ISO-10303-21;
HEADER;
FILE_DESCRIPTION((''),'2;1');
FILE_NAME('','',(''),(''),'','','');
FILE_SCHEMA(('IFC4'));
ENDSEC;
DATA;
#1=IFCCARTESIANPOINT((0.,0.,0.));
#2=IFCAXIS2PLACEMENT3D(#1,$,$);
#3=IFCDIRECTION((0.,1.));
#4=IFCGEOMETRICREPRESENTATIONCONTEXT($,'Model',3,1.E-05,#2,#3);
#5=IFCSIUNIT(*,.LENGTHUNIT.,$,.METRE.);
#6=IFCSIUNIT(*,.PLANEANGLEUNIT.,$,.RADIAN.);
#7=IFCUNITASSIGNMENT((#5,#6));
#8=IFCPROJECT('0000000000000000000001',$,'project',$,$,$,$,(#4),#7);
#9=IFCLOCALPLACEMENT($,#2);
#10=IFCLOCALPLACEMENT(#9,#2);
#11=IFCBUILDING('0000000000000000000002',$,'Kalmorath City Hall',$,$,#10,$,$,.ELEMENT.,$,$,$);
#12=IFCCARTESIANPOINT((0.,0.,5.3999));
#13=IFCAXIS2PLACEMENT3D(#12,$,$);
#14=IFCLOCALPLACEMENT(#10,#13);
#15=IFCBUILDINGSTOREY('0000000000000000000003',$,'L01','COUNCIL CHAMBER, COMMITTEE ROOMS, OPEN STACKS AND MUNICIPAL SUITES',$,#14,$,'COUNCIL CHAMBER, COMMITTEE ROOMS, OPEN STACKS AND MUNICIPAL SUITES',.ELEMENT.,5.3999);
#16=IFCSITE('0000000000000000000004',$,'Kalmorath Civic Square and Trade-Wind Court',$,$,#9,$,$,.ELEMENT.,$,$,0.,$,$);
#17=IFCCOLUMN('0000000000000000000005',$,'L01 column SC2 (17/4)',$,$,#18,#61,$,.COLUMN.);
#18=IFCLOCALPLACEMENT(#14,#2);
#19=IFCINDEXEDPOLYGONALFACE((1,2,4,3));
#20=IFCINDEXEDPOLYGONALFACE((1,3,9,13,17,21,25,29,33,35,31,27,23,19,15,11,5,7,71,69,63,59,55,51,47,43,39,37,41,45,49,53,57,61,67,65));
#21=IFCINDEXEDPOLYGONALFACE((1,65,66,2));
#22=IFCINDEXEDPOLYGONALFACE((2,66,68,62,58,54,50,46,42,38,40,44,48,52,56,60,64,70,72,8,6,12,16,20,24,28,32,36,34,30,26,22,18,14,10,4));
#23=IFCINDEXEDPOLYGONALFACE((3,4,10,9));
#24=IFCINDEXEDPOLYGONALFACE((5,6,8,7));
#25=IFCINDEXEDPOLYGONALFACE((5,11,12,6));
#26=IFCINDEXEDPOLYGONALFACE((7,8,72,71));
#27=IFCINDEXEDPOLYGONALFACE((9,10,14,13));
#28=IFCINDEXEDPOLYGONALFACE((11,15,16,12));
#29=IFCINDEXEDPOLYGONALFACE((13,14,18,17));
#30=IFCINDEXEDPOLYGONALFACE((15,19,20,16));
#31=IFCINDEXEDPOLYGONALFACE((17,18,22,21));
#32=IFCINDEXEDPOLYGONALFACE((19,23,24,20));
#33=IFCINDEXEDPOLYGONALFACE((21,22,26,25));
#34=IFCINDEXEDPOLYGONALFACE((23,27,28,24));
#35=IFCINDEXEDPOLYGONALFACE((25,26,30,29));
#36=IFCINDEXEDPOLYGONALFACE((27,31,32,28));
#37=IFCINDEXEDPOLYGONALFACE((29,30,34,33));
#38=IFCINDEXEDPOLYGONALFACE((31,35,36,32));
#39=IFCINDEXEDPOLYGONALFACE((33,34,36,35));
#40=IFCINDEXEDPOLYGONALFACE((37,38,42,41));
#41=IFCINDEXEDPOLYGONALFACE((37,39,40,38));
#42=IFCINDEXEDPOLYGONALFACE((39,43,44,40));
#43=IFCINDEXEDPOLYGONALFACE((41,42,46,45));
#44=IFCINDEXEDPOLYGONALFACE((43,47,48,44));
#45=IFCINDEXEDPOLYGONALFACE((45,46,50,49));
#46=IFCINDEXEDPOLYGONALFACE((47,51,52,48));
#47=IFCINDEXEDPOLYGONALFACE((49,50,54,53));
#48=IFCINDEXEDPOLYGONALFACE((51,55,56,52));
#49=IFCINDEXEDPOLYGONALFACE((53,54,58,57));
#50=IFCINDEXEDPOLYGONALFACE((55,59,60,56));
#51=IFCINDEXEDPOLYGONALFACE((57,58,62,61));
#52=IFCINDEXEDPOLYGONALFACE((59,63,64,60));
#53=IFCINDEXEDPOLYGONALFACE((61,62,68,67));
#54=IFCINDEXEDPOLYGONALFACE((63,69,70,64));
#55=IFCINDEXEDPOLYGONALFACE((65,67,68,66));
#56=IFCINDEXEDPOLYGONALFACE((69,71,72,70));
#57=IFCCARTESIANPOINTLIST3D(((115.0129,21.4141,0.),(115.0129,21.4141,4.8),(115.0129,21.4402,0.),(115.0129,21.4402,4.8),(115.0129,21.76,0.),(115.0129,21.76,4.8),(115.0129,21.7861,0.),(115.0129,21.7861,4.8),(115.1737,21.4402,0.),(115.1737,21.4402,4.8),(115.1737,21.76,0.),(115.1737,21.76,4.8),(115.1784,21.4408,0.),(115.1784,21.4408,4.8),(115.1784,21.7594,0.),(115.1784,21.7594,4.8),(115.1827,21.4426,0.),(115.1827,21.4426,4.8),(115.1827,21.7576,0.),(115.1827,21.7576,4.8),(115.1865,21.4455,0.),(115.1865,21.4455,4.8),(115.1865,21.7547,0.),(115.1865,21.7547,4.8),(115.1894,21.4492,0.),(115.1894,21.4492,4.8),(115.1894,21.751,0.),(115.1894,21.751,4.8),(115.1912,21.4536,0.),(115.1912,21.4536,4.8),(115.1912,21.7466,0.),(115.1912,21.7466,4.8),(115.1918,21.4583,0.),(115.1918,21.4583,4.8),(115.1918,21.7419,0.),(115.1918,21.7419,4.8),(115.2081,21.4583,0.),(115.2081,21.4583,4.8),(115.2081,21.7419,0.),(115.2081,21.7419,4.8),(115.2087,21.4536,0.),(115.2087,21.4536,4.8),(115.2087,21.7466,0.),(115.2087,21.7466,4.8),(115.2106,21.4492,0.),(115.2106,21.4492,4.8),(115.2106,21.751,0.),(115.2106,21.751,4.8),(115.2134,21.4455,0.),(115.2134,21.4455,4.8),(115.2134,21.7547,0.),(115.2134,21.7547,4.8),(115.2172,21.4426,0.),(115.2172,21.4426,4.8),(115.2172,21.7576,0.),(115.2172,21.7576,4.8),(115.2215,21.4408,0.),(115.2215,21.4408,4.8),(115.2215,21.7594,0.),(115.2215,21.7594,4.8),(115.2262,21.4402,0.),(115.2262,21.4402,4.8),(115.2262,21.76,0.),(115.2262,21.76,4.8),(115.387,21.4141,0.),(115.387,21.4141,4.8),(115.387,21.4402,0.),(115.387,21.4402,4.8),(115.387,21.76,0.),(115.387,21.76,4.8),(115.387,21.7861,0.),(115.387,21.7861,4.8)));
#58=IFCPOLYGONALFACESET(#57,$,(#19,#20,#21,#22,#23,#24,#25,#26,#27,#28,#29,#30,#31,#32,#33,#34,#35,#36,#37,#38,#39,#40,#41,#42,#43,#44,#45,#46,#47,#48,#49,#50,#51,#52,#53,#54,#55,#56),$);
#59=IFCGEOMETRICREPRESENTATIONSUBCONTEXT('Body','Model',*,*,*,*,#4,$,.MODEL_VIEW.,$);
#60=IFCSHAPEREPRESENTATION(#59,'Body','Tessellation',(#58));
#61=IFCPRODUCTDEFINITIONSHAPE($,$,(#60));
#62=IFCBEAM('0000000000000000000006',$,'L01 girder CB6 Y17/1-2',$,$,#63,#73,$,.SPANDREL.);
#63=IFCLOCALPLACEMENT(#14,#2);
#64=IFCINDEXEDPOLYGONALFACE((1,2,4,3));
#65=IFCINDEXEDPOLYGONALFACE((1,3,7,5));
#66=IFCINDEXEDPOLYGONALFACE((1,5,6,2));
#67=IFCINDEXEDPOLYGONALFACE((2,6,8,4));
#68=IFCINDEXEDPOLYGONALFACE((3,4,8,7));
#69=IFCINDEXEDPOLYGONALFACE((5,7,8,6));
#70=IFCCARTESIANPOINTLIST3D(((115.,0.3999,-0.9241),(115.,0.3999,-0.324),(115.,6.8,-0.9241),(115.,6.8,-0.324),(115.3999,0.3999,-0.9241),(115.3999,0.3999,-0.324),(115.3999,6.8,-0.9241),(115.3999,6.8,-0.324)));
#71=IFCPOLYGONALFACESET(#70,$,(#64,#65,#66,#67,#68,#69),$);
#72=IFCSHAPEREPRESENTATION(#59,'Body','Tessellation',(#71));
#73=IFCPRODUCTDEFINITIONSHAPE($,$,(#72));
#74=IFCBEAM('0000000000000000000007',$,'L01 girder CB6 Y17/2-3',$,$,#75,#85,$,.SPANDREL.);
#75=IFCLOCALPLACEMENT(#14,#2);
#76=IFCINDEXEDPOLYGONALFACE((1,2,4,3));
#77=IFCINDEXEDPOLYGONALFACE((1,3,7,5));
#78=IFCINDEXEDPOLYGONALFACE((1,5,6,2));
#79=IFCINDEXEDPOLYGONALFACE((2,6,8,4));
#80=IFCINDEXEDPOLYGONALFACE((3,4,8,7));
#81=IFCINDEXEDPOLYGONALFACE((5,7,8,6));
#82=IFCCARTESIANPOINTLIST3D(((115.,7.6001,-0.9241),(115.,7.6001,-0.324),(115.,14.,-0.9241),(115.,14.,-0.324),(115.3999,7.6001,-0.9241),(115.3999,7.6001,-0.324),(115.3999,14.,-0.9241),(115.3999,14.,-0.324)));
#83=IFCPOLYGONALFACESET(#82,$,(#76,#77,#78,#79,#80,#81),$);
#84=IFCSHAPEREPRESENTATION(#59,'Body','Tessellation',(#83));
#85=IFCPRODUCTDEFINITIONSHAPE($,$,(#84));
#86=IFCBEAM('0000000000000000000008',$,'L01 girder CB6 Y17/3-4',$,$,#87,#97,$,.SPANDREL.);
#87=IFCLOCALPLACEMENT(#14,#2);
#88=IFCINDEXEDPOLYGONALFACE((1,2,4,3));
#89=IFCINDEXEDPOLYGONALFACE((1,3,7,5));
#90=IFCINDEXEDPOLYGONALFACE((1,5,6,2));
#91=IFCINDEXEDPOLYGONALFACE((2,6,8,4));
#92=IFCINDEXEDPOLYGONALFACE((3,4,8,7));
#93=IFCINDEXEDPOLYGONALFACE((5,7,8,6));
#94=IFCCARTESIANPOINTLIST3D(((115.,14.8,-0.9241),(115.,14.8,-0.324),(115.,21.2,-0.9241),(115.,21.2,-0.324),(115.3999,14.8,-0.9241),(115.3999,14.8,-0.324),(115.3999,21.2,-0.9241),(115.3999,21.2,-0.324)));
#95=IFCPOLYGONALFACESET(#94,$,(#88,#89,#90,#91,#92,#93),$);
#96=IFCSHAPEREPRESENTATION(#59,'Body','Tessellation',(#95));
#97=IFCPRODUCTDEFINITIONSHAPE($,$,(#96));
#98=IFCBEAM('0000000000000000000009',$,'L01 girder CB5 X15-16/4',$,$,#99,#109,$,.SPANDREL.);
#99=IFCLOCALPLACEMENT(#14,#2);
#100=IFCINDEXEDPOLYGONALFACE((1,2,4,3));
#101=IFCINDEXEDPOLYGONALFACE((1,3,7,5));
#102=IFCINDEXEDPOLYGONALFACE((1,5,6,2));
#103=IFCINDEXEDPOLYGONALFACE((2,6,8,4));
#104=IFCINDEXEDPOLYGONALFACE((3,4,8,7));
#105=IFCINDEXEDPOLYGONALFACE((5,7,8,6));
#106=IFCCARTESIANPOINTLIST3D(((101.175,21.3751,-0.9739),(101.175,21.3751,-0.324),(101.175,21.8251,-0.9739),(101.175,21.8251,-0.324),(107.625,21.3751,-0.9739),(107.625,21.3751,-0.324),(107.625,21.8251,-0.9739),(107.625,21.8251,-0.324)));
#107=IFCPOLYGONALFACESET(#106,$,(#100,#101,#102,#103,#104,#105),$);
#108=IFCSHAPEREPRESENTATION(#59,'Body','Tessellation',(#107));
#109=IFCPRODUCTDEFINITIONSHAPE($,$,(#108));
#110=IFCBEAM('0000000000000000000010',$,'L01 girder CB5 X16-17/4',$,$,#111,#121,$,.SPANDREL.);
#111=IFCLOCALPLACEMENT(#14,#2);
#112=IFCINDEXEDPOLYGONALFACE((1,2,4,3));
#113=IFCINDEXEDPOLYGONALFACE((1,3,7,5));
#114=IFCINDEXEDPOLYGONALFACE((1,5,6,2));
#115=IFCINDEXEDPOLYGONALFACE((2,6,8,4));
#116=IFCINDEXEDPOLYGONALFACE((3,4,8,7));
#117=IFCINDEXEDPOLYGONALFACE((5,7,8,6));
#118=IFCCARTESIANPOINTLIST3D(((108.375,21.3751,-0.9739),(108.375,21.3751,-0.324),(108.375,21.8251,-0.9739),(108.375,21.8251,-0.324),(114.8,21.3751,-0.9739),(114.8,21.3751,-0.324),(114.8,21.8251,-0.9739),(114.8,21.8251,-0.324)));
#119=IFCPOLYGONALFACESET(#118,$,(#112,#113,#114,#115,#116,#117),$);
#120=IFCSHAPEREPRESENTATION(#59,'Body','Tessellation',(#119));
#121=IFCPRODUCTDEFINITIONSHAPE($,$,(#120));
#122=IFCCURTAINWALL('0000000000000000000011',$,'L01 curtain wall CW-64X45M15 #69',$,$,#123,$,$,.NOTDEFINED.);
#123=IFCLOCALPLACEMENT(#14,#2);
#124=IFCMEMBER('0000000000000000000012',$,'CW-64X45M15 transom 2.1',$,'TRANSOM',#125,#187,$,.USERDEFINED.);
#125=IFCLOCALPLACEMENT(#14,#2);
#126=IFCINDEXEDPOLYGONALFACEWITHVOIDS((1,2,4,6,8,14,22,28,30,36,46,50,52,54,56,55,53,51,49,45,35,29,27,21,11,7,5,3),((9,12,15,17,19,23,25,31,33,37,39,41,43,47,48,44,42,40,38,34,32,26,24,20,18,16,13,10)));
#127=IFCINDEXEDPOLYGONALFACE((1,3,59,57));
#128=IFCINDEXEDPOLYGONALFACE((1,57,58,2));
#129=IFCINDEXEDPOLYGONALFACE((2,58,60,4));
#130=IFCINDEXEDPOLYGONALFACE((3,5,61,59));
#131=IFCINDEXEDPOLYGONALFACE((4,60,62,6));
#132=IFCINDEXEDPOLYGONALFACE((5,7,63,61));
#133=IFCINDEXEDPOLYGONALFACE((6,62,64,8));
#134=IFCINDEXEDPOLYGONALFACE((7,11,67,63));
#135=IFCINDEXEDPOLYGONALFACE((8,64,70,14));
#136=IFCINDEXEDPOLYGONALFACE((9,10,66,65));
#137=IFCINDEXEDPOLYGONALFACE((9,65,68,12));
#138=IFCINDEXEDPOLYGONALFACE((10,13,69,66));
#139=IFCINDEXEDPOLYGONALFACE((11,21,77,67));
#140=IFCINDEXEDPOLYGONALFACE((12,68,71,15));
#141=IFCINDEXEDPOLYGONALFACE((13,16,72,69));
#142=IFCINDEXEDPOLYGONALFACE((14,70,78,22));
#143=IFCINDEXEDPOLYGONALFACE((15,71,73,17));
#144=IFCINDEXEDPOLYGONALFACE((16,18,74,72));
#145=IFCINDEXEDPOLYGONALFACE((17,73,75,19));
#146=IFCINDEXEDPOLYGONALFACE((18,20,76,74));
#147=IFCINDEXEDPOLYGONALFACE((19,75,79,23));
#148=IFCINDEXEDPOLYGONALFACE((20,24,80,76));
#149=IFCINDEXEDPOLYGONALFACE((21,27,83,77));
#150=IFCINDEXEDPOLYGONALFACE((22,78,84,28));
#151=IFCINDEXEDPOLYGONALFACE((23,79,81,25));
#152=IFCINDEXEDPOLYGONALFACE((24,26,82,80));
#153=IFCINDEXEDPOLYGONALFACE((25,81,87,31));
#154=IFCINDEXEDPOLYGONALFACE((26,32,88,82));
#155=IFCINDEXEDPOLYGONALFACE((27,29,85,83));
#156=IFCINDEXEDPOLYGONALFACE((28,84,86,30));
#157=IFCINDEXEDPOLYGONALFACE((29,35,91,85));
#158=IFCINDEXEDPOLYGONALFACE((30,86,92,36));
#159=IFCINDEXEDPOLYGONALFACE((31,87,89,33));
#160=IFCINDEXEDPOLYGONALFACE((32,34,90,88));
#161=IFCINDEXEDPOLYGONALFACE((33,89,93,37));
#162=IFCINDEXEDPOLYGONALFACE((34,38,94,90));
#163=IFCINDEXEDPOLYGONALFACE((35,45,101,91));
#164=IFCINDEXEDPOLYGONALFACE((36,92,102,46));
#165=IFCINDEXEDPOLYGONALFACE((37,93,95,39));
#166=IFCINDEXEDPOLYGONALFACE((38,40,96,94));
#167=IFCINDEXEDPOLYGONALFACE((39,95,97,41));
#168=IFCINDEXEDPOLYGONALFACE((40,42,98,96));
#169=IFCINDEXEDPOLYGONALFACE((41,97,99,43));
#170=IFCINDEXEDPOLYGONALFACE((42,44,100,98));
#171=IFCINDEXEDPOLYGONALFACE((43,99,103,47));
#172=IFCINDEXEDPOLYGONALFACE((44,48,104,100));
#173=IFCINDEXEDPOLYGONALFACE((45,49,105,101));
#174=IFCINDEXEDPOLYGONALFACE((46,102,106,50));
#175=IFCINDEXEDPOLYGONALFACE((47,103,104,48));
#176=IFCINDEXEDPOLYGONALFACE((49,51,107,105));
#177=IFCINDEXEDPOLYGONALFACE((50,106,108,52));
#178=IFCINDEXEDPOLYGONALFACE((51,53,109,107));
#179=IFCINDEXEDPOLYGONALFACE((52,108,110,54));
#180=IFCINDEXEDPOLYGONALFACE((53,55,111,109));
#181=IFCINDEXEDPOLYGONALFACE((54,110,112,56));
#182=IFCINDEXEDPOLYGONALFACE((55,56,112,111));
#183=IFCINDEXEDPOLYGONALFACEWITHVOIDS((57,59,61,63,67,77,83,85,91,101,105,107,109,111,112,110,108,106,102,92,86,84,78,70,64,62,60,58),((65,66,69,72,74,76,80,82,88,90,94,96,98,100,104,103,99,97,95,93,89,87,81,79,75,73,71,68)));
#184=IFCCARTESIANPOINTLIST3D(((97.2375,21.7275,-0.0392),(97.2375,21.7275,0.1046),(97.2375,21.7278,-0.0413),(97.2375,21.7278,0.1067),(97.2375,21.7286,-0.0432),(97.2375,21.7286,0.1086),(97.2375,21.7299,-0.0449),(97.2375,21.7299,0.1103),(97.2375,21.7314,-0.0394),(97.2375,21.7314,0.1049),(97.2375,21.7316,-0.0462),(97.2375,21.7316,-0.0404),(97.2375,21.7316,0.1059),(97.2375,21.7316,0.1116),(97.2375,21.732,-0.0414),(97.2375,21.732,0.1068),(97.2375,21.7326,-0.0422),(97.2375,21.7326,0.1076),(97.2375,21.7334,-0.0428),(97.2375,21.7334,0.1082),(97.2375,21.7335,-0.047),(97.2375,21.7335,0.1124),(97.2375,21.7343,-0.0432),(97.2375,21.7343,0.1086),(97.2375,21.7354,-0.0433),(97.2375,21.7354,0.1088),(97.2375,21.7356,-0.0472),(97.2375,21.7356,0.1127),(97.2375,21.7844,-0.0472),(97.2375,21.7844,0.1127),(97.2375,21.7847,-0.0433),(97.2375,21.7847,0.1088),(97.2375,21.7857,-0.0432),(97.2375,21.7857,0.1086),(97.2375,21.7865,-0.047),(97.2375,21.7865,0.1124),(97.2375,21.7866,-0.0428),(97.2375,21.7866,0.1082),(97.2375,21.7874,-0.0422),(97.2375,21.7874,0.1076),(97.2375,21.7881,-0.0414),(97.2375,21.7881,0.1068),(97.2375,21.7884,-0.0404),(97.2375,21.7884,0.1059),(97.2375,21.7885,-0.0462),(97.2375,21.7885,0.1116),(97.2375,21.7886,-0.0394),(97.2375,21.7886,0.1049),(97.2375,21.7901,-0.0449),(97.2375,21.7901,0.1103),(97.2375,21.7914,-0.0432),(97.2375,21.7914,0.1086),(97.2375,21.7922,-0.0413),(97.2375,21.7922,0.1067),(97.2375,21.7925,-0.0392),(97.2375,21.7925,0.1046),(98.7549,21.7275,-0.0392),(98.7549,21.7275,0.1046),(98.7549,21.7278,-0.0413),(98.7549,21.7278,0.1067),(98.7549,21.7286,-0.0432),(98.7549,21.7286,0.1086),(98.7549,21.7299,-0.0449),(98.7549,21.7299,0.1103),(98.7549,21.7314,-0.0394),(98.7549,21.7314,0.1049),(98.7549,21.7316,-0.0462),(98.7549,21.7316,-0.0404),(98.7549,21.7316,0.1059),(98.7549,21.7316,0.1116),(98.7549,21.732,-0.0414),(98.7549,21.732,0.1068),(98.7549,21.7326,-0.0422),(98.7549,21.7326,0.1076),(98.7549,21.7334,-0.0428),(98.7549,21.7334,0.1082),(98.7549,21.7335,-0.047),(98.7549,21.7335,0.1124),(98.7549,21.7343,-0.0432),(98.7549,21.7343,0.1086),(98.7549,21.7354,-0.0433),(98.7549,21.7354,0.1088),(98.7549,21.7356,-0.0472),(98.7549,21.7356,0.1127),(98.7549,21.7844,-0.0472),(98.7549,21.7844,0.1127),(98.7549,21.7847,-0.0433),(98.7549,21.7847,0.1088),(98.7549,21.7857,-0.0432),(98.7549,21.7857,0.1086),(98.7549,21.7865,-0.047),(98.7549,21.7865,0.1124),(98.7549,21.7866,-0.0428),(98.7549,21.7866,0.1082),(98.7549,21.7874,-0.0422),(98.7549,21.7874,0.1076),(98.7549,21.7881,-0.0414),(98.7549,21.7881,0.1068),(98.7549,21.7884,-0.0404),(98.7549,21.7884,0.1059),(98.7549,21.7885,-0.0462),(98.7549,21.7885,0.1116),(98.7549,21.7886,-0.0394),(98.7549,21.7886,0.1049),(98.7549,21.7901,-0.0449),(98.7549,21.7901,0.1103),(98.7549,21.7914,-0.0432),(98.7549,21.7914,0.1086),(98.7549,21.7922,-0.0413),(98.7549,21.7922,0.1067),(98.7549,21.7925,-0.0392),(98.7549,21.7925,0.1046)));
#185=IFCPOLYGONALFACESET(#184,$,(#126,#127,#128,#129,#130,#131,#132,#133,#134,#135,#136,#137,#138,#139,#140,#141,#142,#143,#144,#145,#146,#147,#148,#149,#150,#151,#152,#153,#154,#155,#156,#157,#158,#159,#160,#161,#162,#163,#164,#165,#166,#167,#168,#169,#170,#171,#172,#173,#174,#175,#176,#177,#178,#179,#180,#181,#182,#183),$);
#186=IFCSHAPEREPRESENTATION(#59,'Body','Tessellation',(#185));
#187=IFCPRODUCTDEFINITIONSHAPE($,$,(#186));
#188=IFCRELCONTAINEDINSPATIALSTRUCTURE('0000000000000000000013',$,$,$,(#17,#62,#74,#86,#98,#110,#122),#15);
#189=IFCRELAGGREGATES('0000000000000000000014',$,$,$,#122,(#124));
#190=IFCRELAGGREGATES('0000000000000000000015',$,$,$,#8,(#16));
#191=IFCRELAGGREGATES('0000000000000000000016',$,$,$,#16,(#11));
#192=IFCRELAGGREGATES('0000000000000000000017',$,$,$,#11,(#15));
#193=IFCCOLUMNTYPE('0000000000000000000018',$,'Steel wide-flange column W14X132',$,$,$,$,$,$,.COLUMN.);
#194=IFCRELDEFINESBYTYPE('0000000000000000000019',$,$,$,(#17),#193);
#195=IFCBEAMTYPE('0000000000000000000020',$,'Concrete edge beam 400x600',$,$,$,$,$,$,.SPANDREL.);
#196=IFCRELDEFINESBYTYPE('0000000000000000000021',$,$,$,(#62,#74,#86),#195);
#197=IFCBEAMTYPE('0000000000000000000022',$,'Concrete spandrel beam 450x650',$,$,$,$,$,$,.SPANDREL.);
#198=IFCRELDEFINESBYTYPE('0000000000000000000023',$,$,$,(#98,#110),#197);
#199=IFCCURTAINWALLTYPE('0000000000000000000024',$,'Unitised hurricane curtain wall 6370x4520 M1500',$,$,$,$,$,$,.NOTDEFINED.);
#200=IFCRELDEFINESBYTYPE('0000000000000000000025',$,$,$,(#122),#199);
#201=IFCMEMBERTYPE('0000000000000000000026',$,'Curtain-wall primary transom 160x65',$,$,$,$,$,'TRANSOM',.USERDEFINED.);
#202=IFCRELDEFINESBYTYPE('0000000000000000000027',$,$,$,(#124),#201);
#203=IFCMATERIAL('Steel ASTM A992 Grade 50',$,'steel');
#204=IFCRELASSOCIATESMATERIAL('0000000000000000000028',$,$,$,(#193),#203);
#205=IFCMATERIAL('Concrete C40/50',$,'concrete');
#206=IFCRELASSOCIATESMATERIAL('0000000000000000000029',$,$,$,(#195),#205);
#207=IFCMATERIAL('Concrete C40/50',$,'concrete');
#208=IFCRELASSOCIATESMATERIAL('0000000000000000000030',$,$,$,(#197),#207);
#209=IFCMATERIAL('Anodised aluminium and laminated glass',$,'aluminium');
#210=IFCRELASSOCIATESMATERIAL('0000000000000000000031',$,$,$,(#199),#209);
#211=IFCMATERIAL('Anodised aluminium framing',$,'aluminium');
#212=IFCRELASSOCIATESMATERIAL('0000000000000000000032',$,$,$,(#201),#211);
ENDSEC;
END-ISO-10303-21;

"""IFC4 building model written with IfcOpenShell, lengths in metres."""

from ifc_helpers import new_model, si_unit, direction, frame, origin, origin_2d, place, context, subcontext, project, spatial, rectangle, hollow_rectangle, i_section, extrude, material, material_profile, profile_set, type_object, element, aggregate, save


model = new_model("IFC4")

# Units and contexts
model_context = context("Model", 3, precision=1e-05, world=origin(), true_north=direction((0.0, 1.0)))
body_context = subcontext(model_context, "Body", "Model", "MODEL_VIEW")
ifc_project = project(units=[si_unit("LENGTHUNIT", "METRE"), si_unit("PLANEANGLEUNIT", "RADIAN")], contexts=[model_context])

# Site, building, storey
site_placement = place(None, origin())
site = spatial("IfcSite", under=ifc_project, at=site_placement, Name="Kalmorath Civic Square and Trade-Wind Court", CompositionType="ELEMENT", RefElevation=0.0)
building_placement = place(site_placement, origin())
building = spatial("IfcBuilding", under=site, at=building_placement, Name="Kalmorath City Hall", CompositionType="ELEMENT")
storey_placement = place(building_placement, frame((0.0, 0.0, 5.3999)))
storey = spatial("IfcBuildingStorey", under=building, at=storey_placement, Name="L01", Description="COUNCIL CHAMBER, COMMITTEE ROOMS, OPEN STACKS AND MUNICIPAL SUITES", LongName="COUNCIL CHAMBER, COMMITTEE ROOMS, OPEN STACKS AND MUNICIPAL SUITES", CompositionType="ELEMENT", Elevation=5.3999)

# Column
ifc_material_1 = material(Name="Steel ASTM A992 Grade 50", Category="steel")
ifc_material_profile_1 = material_profile(ifc_material_1, i_section(OverallWidth=0.374, OverallDepth=0.3721, WebThickness=0.0164, FlangeThickness=0.0261, FilletRadius=0.0181, at=origin_2d()), Name="W14X132")
ifc_profile_set_1 = profile_set([ifc_material_profile_1], Name="Steel ASTM A992 Grade 50")
column_type_1 = type_object("IfcColumnType", Name="Steel wide-flange column W14X132", PredefinedType="COLUMN", material=ifc_profile_set_1)
for number, where, z_axis, x_axis, name in (
    (1, (115.2, 21.6001, 0.0), (0.0, 0.0, 1.0), (1.0, 0.0, 0.0), "L01 column SC2 (17/4)"),
):
    element("IfcColumn", number, at=place(storey_placement, frame(where, z_axis=z_axis, x_axis=x_axis)), inside=storey, type_object=column_type_1, Name=name, PredefinedType="COLUMN", context=body_context, shape_type="SweptSolid", body=[
        extrude(i_section(OverallWidth=0.374, OverallDepth=0.3721, WebThickness=0.0164, FlangeThickness=0.0261, FilletRadius=0.0181, at=origin_2d()), origin(), (0.0, 0.0, 1.0), 4.8),
    ])

# Beams
ifc_material_2 = material(Name="Concrete C40/50", Category="concrete")
ifc_material_profile_2 = material_profile(ifc_material_2, rectangle(XDim=0.3999, YDim=0.6001, at=origin_2d()), Name="RC-BM-400X600")
ifc_profile_set_2 = profile_set([ifc_material_profile_2], Name="Concrete C40/50")
beam_type_1 = type_object("IfcBeamType", Name="Concrete edge beam 400x600", PredefinedType="SPANDREL", material=ifc_profile_set_2)
beam_1_placement = place(storey_placement, frame((115.2, 0.3999, -0.624), z_axis=(0.0, 1.0, 0.0), x_axis=(-1.0, 0.0, 0.0)))
element("IfcBeam", 2, at=beam_1_placement, inside=storey, type_object=beam_type_1, Name="L01 girder CB6 Y17/1-2", PredefinedType="SPANDREL", context=body_context, shape_type="SweptSolid", body=[
    extrude(rectangle(XDim=0.3999, YDim=0.6001, at=origin_2d()), origin(), (0.0, 0.0, 1.0), 6.4001),
])
for number, where, z_axis, x_axis, name in (
    (3, (115.2, 7.6001, -0.624), (0.0, 1.0, 0.0), (-1.0, 0.0, 0.0), "L01 girder CB6 Y17/2-3"),
    (4, (115.2, 14.8, -0.624), (0.0, 1.0, 0.0), (-1.0, 0.0, 0.0), "L01 girder CB6 Y17/3-4"),
):
    element("IfcBeam", number, at=place(storey_placement, frame(where, z_axis=z_axis, x_axis=x_axis)), inside=storey, type_object=beam_type_1, Name=name, PredefinedType="SPANDREL", context=body_context, shape_type="SweptSolid", body=[
        extrude(rectangle(XDim=0.3999, YDim=0.6001, at=origin_2d()), origin(), (0.0, 0.0, 1.0), 6.3999),
    ])
ifc_material_3 = material(Name="Concrete C40/50", Category="concrete")
ifc_material_profile_3 = material_profile(ifc_material_3, rectangle(XDim=0.45, YDim=0.6499, at=origin_2d()), Name="RC-BM-450X650")
ifc_profile_set_3 = profile_set([ifc_material_profile_3], Name="Concrete C40/50")
beam_type_2 = type_object("IfcBeamType", Name="Concrete spandrel beam 450x650", PredefinedType="SPANDREL", material=ifc_profile_set_3)
beam_2_placement = place(storey_placement, frame((101.175, 21.6001, -0.6489), z_axis=(1.0, 0.0, 0.0), x_axis=(0.0, 1.0, 0.0)))
element("IfcBeam", 5, at=beam_2_placement, inside=storey, type_object=beam_type_2, Name="L01 girder CB5 X15-16/4", PredefinedType="SPANDREL", context=body_context, shape_type="SweptSolid", body=[
    extrude(rectangle(XDim=0.45, YDim=0.6499, at=origin_2d()), origin(), (0.0, 0.0, 1.0), 6.45),
])
beam_3_placement = place(storey_placement, frame((108.375, 21.6001, -0.6489), z_axis=(1.0, 0.0, 0.0), x_axis=(0.0, 1.0, 0.0)))
element("IfcBeam", 6, at=beam_3_placement, inside=storey, type_object=beam_type_2, Name="L01 girder CB5 X16-17/4", PredefinedType="SPANDREL", context=body_context, shape_type="SweptSolid", body=[
    extrude(rectangle(XDim=0.45, YDim=0.6499, at=origin_2d()), origin(), (0.0, 0.0, 1.0), 6.425),
])

# Curtain wall, member
ifc_material_4 = material(Name="Anodised aluminium and laminated glass", Category="aluminium")
curtain_wall_type = type_object("IfcCurtainWallType", Name="Unitised hurricane curtain wall 6370x4520 M1500", PredefinedType="NOTDEFINED", material=ifc_material_4)
curtain_wall_placement = place(storey_placement, origin())
curtain_wall = element("IfcCurtainWall", 7, at=curtain_wall_placement, inside=storey, type_object=curtain_wall_type, Name="L01 curtain wall CW-64X45M15 #69", PredefinedType="NOTDEFINED")
ifc_material_5 = material(Name="Anodised aluminium framing", Category="aluminium")
ifc_material_profile_4 = material_profile(ifc_material_5, hollow_rectangle(XDim=0.0649, YDim=0.1599, WallThickness=0.0039, InnerFilletRadius=0.0039, OuterFilletRadius=0.0081, at=origin_2d()), Name="ALU-TRN-160X65X4")
ifc_profile_set_4 = profile_set([ifc_material_profile_4], Name="Anodised aluminium framing")
member_type_1 = type_object("IfcMemberType", Name="Curtain-wall primary transom 160x65", ElementType="TRANSOM", PredefinedType="USERDEFINED", material=ifc_profile_set_4)
member_1_placement = place(storey_placement, frame((98.7549, 21.76, 0.0327), z_axis=(-1.0, 0.0, 0.0), x_axis=(0.0, -1.0, 0.0)))
member_1 = element("IfcMember", 8, at=member_1_placement, type_object=member_type_1, Name="CW-64X45M15 transom 2.1", ObjectType="TRANSOM", PredefinedType="USERDEFINED", context=body_context, shape_type="SweptSolid", body=[
    extrude(hollow_rectangle(XDim=0.0649, YDim=0.1599, WallThickness=0.0039, InnerFilletRadius=0.0039, OuterFilletRadius=0.0081, at=origin_2d()), origin(), (0.0, 0.0, 1.0), 1.5173),
])

aggregate(curtain_wall, [member_1])

save(model, "model.ifc")
